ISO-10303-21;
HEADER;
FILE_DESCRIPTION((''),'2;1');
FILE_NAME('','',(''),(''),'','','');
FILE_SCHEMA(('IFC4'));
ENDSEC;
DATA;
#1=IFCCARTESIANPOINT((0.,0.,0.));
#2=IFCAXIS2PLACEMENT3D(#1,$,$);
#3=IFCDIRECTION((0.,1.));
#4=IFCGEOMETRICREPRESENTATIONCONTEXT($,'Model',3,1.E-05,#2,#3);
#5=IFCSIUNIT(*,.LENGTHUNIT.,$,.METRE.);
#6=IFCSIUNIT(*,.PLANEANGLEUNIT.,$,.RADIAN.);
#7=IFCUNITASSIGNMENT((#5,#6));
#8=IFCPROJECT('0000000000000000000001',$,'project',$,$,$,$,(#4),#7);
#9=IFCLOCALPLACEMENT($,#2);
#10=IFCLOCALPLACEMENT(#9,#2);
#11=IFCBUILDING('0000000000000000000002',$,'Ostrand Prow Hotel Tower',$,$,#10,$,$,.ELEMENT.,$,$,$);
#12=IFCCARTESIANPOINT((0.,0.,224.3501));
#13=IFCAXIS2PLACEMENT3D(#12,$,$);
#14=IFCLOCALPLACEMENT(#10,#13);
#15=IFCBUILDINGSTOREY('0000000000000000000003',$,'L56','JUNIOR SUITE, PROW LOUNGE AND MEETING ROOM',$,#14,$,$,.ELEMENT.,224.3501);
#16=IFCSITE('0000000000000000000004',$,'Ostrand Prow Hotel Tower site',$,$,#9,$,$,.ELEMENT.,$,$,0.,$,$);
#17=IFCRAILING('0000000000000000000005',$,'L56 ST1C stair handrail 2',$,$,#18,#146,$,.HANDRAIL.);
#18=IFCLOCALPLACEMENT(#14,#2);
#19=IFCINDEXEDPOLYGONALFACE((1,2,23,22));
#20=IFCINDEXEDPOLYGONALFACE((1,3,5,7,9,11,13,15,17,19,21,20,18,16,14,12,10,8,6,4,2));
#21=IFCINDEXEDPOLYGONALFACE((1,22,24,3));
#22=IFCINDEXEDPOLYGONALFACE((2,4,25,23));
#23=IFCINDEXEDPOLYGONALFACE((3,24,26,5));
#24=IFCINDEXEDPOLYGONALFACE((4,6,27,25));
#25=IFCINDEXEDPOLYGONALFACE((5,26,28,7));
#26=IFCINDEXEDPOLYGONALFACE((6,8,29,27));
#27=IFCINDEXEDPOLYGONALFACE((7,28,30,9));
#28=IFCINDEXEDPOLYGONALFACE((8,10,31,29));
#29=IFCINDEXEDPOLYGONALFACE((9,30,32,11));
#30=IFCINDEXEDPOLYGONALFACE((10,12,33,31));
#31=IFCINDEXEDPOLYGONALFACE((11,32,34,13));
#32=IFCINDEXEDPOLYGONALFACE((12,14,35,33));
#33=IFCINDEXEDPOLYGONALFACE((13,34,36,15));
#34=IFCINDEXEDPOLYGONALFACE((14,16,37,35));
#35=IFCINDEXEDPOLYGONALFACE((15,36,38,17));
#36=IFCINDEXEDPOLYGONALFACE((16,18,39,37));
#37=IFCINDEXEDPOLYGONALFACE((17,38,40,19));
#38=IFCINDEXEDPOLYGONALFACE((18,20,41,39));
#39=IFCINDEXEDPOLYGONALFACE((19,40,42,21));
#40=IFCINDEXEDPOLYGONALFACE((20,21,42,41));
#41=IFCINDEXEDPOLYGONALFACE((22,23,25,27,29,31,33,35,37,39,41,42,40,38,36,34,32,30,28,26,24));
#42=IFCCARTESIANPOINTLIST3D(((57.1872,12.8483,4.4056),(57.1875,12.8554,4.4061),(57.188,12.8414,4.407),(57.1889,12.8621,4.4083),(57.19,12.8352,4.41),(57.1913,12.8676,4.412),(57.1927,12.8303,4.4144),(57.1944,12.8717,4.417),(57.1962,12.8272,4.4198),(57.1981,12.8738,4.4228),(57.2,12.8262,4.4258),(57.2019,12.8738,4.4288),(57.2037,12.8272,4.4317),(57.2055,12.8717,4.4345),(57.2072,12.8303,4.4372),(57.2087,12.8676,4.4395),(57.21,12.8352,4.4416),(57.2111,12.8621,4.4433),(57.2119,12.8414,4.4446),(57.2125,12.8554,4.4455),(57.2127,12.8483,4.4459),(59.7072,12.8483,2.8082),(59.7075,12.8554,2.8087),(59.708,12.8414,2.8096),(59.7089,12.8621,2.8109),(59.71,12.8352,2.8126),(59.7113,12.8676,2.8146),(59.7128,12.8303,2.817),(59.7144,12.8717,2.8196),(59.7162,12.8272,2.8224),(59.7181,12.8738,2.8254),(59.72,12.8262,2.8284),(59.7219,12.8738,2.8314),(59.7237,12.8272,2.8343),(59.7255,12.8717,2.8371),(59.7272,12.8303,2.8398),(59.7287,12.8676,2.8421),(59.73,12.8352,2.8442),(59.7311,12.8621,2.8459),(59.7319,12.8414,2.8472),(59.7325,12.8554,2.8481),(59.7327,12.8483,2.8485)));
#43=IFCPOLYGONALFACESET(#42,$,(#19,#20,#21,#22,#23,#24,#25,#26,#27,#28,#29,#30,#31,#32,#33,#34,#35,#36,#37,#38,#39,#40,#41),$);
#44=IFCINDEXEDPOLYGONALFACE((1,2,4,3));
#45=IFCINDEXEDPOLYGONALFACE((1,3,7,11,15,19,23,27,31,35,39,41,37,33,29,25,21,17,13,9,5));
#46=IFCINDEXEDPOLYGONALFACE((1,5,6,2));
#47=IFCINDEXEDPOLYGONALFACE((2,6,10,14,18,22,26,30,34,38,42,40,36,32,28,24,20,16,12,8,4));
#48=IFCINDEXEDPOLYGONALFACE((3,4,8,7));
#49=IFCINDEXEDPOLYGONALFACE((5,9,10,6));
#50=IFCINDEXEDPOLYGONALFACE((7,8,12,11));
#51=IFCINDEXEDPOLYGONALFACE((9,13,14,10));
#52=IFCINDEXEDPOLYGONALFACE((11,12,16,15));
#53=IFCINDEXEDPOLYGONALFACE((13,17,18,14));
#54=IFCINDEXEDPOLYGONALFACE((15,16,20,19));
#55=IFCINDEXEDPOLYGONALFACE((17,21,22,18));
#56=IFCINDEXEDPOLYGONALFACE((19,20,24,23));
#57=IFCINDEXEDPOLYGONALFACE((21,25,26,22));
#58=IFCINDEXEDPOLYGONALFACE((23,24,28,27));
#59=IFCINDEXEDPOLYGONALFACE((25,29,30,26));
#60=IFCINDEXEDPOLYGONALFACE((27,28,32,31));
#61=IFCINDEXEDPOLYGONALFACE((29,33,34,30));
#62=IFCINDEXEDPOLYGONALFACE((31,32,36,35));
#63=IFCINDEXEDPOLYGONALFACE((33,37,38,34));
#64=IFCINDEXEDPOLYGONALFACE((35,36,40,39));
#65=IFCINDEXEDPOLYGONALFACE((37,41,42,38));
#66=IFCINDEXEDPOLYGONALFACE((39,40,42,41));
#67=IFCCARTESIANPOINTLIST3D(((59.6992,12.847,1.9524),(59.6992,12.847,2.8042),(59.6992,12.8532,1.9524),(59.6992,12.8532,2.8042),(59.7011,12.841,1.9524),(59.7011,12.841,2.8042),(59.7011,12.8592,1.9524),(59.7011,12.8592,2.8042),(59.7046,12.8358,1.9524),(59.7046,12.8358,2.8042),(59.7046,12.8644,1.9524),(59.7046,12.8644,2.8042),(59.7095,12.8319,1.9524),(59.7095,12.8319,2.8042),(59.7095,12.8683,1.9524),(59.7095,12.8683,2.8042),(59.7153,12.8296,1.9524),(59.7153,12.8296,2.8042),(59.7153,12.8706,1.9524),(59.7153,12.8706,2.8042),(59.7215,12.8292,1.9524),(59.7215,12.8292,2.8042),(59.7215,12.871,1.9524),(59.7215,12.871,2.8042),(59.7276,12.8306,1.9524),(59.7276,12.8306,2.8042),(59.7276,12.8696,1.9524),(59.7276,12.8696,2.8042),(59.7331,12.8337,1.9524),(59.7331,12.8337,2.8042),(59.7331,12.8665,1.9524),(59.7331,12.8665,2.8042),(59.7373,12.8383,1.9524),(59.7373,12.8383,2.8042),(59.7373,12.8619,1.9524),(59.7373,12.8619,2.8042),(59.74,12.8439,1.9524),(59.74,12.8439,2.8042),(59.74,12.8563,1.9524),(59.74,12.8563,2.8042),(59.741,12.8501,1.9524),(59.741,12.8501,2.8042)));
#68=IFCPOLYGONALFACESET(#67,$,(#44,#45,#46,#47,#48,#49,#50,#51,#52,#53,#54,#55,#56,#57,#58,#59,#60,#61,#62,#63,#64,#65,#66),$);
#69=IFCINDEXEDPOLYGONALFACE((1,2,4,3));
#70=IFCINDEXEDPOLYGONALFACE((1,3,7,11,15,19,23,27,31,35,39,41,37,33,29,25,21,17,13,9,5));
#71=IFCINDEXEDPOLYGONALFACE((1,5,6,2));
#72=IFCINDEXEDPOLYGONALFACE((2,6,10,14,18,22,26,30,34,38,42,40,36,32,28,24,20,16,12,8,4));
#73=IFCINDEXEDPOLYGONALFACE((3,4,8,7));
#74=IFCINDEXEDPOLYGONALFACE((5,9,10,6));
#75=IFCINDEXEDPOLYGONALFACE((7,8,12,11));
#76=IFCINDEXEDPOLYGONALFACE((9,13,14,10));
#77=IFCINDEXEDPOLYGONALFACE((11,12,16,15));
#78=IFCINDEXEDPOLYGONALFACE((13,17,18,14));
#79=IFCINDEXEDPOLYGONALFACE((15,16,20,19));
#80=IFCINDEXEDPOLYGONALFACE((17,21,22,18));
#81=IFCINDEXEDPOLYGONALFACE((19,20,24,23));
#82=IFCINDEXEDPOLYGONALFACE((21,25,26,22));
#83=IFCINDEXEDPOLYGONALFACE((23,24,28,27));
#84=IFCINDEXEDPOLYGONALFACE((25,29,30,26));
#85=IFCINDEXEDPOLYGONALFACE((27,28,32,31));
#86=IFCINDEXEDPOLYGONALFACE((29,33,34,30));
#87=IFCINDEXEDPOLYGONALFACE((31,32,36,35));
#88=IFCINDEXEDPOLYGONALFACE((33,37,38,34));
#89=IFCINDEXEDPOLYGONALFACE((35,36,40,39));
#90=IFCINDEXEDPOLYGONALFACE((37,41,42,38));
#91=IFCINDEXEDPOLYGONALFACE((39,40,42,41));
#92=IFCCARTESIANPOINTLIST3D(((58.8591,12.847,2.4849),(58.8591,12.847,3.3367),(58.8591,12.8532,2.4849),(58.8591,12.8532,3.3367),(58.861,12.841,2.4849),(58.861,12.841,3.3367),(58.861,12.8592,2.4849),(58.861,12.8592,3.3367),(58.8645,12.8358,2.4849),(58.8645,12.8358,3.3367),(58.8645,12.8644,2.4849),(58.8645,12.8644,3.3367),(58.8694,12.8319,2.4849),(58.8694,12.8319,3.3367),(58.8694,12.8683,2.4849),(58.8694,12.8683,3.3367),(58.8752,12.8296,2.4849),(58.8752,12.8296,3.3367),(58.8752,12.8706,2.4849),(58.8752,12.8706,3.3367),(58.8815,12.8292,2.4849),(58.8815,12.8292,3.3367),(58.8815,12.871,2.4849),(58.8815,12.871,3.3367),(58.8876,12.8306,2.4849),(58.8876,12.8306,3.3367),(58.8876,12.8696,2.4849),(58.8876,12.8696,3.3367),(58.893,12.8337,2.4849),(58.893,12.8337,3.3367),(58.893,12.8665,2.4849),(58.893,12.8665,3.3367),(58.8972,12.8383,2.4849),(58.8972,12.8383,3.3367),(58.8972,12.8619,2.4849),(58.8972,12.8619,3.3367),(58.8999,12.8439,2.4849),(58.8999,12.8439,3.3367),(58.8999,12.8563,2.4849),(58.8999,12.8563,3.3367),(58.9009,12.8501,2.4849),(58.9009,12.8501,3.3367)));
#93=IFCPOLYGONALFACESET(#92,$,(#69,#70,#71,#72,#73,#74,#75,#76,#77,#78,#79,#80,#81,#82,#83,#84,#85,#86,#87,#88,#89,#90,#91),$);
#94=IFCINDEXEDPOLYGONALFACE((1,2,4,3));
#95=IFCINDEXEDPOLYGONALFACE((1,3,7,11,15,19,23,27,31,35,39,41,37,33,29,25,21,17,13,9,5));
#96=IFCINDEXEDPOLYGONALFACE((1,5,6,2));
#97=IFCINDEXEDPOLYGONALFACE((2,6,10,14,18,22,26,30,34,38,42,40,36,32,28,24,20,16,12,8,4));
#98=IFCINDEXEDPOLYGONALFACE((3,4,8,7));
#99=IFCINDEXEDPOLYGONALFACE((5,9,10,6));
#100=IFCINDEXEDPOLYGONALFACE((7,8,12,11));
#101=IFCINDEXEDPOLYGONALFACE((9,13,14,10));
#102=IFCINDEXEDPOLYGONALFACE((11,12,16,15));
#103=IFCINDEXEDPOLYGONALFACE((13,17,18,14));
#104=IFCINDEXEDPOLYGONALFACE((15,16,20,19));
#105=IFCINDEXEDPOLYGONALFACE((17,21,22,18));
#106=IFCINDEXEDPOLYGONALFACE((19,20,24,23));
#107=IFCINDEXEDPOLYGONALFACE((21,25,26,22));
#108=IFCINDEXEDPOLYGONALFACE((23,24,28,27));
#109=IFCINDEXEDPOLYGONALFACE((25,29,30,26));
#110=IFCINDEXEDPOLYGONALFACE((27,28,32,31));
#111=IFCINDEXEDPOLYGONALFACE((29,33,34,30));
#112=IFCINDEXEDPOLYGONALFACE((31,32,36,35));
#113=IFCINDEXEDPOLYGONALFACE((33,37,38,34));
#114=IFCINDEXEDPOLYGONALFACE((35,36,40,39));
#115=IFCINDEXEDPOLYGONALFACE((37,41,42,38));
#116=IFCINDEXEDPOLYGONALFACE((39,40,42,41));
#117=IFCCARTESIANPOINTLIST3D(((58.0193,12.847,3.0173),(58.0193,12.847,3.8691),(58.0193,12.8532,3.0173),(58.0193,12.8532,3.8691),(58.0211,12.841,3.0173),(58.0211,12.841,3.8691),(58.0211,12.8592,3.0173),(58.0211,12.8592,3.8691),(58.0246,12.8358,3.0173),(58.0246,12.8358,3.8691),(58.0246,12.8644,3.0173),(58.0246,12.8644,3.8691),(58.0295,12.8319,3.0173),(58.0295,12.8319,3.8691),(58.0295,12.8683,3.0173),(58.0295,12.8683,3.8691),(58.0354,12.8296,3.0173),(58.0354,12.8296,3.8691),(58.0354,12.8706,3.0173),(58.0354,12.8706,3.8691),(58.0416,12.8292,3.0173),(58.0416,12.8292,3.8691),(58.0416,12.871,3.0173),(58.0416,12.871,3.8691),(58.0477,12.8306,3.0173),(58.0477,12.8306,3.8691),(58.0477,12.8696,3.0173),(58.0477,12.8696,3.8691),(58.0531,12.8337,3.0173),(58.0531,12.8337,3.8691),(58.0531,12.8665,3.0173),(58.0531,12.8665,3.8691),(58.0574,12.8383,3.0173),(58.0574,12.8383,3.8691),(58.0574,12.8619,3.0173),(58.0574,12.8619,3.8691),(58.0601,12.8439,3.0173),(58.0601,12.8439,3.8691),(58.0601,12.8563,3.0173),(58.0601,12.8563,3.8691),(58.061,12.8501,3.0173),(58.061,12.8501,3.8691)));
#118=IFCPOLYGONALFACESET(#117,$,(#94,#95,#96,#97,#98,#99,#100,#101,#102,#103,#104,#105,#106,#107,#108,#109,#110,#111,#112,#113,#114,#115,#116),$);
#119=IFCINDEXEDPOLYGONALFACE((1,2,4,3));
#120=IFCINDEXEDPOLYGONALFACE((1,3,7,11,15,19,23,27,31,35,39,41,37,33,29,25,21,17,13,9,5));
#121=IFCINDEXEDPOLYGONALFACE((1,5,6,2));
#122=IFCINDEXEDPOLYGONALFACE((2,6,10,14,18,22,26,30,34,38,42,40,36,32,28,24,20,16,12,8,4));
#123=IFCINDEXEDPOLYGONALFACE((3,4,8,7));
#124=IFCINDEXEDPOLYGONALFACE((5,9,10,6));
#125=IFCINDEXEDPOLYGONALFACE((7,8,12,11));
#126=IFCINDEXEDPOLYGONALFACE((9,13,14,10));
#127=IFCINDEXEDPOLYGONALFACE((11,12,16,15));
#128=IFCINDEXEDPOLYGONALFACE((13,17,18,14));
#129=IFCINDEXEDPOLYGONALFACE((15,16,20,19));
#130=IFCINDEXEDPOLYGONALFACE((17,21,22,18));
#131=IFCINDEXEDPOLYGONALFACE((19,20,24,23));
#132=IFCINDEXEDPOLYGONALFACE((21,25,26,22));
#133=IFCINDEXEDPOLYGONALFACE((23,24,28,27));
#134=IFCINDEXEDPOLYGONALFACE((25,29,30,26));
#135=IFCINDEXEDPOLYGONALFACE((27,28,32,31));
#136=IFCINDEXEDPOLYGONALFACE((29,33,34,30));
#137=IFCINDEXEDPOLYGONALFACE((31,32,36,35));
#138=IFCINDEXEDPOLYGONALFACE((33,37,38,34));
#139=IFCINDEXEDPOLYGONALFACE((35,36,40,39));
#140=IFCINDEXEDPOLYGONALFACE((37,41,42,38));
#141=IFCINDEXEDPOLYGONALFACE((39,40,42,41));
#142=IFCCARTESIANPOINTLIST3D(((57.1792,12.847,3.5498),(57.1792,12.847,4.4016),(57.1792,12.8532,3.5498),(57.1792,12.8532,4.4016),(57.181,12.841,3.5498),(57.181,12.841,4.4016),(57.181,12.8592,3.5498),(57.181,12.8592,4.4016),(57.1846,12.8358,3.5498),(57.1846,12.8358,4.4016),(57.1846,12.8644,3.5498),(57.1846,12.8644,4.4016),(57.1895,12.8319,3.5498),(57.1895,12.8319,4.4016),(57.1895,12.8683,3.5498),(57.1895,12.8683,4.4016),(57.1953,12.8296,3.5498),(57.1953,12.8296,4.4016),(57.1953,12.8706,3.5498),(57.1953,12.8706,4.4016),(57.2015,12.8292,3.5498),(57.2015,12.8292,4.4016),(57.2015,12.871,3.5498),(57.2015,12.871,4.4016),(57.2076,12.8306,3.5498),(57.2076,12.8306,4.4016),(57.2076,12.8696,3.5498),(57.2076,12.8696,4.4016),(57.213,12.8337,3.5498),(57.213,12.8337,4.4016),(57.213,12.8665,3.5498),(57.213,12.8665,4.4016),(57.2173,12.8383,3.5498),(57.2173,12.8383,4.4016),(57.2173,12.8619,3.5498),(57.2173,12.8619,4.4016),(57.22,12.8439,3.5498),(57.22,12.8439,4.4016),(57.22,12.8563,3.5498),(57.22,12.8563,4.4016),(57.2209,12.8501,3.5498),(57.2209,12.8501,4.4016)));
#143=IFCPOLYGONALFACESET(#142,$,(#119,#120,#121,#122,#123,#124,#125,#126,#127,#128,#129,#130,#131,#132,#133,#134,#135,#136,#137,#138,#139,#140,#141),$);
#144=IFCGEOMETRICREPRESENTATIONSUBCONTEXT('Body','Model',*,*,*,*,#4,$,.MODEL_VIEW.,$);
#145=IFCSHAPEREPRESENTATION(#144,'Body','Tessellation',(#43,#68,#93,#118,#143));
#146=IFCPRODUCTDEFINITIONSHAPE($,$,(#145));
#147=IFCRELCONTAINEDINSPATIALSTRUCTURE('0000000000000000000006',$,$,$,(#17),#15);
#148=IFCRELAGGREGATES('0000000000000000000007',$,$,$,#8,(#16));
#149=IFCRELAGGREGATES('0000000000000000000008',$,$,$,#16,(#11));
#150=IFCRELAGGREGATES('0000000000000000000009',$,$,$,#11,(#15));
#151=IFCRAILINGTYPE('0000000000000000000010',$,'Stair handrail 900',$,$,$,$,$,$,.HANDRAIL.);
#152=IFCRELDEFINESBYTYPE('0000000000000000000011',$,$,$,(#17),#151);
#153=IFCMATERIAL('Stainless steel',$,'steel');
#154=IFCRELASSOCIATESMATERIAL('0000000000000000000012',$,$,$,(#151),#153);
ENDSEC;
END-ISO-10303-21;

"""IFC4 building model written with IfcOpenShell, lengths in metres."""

from ifc_helpers import new_model, si_unit, direction, frame, origin, origin_2d, place, context, subcontext, project, spatial, circle, extrude, material, type_object, element, save


model = new_model("IFC4")

# Units and contexts
model_context = context("Model", 3, precision=1e-05, world=origin(), true_north=direction((0.0, 1.0)))
body_context = subcontext(model_context, "Body", "Model", "MODEL_VIEW")
ifc_project = project(units=[si_unit("LENGTHUNIT", "METRE"), si_unit("PLANEANGLEUNIT", "RADIAN")], contexts=[model_context])

# Site, building, storey
site_placement = place(None, origin())
site = spatial("IfcSite", under=ifc_project, at=site_placement, Name="Ostrand Prow Hotel Tower site", CompositionType="ELEMENT", RefElevation=0.0)
building_placement = place(site_placement, origin())
building = spatial("IfcBuilding", under=site, at=building_placement, Name="Ostrand Prow Hotel Tower", CompositionType="ELEMENT")
storey_placement = place(building_placement, frame((0.0, 0.0, 224.3501)))
storey = spatial("IfcBuildingStorey", under=building, at=storey_placement, Name="L56", Description="JUNIOR SUITE, PROW LOUNGE AND MEETING ROOM", CompositionType="ELEMENT", Elevation=224.3501)

# Railing
ifc_material_1 = material(Name="Stainless steel", Category="steel")
railing_type_1 = type_object("IfcRailingType", Name="Stair handrail 900", PredefinedType="HANDRAIL", material=ifc_material_1)
railing_1_placement = place(storey_placement, frame((59.72, 12.8501, 1.9524)))
element("IfcRailing", 1, at=railing_1_placement, inside=storey, type_object=railing_type_1, Name="L56 ST1C stair handrail 2", PredefinedType="HANDRAIL", context=body_context, shape_type="SweptSolid", body=[
    extrude(circle(Radius=0.0239, at=origin_2d()), frame((0.0, 0.0, 0.876), z_axis=(-0.844607, 0.0, 0.535387), x_axis=(0.0, -1.0, 0.0)), (0.0, 0.0, 1.0), 2.9836),
    extrude(circle(Radius=0.021, at=origin_2d()), origin(), (0.0, 0.0, 1.0), 0.8518),
    extrude(circle(Radius=0.021, at=origin_2d()), frame((-0.8401, 0.0, 0.5325)), (0.0, 0.0, 1.0), 0.8518),
    extrude(circle(Radius=0.021, at=origin_2d()), frame((-1.6799, 0.0, 1.0649)), (0.0, 0.0, 1.0), 0.8518),
    extrude(circle(Radius=0.021, at=origin_2d()), frame((-2.52, 0.0, 1.5974)), (0.0, 0.0, 1.0), 0.8518),
])

save(model, "model.ifc")
